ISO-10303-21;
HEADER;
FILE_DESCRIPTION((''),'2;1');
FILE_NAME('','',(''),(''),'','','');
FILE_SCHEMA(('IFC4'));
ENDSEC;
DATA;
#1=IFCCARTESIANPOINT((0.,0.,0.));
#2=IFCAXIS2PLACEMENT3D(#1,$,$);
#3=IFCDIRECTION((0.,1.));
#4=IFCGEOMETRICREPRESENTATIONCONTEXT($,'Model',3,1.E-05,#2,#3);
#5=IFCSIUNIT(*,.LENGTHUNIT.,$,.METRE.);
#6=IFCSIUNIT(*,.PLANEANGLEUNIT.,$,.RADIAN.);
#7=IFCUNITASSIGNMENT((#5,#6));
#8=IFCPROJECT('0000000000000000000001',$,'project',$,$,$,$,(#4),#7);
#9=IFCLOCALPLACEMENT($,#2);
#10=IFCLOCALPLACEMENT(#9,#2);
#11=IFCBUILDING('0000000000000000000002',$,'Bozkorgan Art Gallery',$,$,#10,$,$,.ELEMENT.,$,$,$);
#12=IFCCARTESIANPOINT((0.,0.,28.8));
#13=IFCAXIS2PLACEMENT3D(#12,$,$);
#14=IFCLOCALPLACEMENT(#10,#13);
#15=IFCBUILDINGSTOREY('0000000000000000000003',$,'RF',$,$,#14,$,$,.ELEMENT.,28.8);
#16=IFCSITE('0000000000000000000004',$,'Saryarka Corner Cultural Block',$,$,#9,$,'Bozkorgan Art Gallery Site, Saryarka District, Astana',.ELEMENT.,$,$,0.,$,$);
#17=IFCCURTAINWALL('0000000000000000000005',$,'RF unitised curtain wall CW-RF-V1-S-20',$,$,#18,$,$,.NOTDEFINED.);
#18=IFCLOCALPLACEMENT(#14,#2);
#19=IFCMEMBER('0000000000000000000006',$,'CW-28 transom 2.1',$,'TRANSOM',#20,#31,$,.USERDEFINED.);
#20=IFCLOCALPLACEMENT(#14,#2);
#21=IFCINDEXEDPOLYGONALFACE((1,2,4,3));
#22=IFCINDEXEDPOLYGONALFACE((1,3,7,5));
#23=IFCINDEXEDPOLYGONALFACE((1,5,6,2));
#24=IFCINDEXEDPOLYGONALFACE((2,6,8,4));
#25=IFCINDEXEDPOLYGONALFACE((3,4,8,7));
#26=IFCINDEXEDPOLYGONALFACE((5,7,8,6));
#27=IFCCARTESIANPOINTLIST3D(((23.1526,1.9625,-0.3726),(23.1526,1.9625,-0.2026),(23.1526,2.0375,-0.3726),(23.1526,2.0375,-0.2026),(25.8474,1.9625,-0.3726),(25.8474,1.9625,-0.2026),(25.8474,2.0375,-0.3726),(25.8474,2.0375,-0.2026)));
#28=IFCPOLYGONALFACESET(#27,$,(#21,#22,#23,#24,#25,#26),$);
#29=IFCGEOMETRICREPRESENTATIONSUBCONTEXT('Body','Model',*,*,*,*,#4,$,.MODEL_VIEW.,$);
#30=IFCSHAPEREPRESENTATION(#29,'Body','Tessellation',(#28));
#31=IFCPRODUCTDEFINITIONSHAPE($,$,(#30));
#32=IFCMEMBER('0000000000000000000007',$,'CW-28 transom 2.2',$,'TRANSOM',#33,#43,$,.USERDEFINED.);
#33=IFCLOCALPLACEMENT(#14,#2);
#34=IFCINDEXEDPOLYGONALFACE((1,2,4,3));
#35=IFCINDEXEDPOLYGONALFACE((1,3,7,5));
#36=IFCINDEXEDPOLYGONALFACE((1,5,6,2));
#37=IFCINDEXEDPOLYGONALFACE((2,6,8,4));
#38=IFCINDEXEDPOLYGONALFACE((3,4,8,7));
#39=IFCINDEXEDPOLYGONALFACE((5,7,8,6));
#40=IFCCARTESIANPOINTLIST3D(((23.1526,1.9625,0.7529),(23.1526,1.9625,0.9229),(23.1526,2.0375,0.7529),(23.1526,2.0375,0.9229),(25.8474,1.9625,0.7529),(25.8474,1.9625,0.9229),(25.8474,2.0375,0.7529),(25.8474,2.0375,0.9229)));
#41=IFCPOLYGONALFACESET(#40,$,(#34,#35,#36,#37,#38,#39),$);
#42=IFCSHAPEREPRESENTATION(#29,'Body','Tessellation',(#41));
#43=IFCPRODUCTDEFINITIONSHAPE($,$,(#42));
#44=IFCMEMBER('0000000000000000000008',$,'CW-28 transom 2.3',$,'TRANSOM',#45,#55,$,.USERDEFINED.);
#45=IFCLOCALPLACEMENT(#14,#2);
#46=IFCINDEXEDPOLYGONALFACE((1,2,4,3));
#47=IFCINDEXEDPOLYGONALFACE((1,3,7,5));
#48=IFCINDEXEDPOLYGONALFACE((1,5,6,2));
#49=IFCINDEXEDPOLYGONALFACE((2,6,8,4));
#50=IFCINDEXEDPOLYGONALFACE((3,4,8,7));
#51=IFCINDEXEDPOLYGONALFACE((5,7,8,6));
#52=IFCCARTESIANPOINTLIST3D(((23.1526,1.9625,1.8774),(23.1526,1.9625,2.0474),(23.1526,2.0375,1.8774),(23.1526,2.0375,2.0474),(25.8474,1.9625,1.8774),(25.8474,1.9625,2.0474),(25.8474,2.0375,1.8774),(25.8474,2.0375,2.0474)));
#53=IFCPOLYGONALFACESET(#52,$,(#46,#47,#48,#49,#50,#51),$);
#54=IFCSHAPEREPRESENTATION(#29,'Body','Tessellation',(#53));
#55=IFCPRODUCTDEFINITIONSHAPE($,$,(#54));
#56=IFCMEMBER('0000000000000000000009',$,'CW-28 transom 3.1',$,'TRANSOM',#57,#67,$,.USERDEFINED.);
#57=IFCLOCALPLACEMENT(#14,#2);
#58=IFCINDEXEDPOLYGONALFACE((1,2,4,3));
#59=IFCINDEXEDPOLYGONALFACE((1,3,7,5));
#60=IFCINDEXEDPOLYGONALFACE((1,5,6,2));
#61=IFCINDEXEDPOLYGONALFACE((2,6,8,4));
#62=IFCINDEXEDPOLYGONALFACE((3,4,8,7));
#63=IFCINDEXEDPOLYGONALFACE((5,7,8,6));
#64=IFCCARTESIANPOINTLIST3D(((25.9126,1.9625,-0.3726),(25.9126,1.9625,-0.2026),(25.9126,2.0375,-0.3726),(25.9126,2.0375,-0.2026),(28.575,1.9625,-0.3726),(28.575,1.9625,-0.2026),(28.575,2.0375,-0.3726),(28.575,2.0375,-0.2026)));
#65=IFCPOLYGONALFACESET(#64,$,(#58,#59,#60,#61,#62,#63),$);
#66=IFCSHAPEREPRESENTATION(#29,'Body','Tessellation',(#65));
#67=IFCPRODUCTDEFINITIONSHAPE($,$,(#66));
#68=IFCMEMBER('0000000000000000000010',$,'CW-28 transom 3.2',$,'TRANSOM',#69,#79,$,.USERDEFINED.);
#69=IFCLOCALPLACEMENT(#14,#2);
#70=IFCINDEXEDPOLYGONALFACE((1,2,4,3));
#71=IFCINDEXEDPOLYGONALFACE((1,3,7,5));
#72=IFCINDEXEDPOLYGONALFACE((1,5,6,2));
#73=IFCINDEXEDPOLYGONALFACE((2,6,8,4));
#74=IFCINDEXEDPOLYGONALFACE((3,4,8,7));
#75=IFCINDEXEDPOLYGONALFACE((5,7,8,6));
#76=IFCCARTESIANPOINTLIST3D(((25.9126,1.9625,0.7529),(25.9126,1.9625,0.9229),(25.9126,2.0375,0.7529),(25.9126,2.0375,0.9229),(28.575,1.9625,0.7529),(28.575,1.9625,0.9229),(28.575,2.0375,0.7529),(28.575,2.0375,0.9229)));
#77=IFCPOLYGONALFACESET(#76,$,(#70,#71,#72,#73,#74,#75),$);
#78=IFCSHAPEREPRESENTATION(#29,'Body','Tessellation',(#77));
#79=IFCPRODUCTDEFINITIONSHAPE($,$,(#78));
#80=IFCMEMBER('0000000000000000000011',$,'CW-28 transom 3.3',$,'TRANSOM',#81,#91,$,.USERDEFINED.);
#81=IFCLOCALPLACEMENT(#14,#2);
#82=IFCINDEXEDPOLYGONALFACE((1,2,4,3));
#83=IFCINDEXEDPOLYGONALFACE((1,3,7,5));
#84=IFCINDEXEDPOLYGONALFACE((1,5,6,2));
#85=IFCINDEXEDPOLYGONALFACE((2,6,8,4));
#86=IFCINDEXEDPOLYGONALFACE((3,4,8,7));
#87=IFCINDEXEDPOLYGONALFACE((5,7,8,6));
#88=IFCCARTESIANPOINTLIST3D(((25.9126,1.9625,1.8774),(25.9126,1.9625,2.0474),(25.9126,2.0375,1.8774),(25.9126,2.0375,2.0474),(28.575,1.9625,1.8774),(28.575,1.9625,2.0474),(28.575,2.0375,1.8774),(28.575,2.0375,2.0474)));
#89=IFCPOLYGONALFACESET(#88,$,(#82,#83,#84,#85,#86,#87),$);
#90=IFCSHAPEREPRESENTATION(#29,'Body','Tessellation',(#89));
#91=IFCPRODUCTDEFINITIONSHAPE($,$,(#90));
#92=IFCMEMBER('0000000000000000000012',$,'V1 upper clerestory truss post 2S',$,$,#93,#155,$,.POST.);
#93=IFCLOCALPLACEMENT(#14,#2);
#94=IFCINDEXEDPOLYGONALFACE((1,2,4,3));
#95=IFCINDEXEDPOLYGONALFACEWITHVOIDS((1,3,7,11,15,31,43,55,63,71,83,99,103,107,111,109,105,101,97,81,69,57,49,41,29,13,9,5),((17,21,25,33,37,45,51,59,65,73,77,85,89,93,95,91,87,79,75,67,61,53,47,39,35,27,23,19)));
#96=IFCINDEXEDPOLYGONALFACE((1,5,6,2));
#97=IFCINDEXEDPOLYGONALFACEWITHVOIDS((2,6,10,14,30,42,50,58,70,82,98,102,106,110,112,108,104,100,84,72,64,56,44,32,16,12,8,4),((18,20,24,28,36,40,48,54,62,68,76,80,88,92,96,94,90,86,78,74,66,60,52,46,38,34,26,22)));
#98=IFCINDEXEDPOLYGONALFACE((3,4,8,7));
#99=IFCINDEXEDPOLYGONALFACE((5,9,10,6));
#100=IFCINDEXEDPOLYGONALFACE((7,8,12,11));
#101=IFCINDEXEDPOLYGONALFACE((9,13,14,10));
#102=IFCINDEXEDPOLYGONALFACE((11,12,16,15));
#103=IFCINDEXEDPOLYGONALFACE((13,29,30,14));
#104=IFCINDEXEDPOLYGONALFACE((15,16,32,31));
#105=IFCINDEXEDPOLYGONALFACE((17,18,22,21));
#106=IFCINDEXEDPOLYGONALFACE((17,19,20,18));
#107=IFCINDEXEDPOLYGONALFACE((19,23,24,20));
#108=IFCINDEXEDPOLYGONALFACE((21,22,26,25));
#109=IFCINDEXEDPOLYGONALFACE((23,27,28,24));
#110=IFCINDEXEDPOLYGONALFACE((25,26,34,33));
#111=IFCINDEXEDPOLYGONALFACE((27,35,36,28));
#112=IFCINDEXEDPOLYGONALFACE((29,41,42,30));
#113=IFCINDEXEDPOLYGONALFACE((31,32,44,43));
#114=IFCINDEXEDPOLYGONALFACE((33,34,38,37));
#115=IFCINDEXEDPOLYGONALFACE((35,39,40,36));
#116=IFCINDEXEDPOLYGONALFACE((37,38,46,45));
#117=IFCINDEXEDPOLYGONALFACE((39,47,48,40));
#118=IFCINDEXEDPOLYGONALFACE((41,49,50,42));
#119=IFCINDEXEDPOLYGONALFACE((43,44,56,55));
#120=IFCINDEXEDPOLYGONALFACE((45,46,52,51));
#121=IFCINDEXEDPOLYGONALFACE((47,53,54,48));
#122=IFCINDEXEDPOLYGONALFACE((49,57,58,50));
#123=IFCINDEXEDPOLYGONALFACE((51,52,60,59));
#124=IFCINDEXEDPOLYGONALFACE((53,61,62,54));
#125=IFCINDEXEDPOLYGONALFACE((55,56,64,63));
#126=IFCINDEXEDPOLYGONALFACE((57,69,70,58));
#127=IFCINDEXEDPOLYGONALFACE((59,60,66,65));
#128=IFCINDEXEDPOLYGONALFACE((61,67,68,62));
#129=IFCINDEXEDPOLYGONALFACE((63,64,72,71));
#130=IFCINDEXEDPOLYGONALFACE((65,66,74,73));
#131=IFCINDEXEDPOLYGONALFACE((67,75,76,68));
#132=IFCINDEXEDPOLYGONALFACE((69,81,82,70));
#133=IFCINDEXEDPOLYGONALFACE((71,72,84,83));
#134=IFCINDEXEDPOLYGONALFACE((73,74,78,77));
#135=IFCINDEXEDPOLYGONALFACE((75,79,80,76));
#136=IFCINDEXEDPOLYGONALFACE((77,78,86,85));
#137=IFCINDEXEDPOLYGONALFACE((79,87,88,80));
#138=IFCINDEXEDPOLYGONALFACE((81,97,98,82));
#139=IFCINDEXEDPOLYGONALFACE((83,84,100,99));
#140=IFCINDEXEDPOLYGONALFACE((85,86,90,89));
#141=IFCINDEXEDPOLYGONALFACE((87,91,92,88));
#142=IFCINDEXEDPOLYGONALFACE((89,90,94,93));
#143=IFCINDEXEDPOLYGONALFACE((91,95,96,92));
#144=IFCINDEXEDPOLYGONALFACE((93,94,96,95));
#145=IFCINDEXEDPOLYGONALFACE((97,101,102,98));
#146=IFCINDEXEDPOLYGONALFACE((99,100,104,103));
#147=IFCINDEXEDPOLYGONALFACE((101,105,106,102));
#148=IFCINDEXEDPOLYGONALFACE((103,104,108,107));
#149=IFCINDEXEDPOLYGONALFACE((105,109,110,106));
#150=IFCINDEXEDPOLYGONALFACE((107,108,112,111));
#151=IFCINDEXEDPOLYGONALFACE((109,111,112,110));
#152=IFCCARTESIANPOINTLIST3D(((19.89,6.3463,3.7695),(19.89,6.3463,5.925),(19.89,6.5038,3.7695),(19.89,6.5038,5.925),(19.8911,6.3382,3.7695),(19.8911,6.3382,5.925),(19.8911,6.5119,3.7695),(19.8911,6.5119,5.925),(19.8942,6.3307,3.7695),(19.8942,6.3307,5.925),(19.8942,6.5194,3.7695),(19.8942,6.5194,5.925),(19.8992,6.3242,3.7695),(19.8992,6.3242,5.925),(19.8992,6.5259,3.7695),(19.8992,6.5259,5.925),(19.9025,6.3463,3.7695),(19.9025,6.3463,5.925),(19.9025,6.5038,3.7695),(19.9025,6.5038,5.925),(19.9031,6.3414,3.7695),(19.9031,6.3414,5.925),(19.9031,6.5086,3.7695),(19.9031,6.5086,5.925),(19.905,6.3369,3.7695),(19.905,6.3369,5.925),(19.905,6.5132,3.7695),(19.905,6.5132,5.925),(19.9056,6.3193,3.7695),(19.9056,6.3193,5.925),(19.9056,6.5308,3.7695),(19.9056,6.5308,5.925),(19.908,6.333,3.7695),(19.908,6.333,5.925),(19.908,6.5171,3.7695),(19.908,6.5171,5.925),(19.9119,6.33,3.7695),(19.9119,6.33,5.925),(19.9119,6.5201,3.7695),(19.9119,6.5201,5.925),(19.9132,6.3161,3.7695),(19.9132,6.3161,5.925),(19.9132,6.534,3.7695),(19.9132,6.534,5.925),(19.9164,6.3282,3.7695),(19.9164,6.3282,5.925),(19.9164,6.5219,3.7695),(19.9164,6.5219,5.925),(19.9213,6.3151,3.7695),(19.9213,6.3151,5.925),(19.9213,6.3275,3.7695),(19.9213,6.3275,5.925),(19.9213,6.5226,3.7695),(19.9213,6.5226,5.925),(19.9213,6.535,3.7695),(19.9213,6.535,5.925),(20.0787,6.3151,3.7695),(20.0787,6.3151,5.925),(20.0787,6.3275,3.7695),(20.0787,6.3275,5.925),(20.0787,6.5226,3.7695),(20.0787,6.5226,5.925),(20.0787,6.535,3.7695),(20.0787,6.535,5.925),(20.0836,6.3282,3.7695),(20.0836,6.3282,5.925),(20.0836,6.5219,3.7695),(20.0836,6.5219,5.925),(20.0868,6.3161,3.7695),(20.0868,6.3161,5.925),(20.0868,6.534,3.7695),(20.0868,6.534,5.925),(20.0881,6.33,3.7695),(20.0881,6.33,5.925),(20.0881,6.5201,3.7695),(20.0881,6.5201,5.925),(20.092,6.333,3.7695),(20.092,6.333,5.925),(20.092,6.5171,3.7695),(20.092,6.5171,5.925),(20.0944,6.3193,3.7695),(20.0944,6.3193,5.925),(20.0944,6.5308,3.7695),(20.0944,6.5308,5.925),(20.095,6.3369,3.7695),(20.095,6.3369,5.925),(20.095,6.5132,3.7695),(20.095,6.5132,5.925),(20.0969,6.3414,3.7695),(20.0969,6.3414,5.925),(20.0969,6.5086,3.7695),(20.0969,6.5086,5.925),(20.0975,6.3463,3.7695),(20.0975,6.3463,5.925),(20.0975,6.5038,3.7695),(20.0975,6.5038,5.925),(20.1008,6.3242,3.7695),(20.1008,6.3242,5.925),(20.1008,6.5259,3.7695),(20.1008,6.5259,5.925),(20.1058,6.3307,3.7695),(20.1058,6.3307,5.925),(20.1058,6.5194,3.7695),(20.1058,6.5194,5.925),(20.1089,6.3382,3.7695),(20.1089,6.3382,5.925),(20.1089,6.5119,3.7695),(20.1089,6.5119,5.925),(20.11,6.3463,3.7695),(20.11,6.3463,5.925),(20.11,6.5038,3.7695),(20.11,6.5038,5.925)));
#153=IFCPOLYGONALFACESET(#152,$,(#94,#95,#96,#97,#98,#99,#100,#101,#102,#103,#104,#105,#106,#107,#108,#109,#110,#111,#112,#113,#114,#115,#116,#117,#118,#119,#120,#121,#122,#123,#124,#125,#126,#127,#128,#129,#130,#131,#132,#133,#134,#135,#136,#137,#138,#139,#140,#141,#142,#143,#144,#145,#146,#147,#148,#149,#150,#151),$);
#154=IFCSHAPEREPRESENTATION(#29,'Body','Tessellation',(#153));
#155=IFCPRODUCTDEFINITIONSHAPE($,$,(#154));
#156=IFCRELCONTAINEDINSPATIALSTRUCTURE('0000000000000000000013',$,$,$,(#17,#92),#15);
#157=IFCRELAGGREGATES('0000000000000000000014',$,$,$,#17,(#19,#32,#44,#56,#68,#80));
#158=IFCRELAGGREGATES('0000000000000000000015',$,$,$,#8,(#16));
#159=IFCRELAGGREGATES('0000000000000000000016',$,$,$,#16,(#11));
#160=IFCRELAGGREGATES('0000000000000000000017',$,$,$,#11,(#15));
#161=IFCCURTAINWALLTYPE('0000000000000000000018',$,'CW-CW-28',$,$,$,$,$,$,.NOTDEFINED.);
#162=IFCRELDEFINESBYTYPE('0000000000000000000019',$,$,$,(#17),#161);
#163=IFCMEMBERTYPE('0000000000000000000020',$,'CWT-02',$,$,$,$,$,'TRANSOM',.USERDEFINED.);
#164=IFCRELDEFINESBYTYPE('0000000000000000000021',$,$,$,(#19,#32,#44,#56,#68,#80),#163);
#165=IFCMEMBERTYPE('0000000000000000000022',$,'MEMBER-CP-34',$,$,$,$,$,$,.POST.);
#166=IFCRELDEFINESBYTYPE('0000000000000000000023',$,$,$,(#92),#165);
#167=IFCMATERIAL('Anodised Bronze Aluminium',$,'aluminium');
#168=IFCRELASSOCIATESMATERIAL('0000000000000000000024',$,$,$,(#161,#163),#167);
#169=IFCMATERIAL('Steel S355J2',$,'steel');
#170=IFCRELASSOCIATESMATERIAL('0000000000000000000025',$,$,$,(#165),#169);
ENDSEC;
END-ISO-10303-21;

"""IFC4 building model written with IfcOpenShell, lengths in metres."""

from ifc_helpers import new_model, si_unit, direction, frame, origin, origin_2d, place, context, subcontext, project, spatial, rectangle, hollow_rectangle, extrude, material, material_profile, profile_set, type_object, element, aggregate, save


model = new_model("IFC4")

# Units and contexts
model_context = context("Model", 3, precision=1e-05, world=origin(), true_north=direction((0.0, 1.0)))
body_context = subcontext(model_context, "Body", "Model", "MODEL_VIEW")
ifc_project = project(units=[si_unit("LENGTHUNIT", "METRE"), si_unit("PLANEANGLEUNIT", "RADIAN")], contexts=[model_context])

# Site, building, storey
site_placement = place(None, origin())
site = spatial("IfcSite", under=ifc_project, at=site_placement, Name="Saryarka Corner Cultural Block", LongName="Bozkorgan Art Gallery Site, Saryarka District, Astana", CompositionType="ELEMENT", RefElevation=0.0)
building_placement = place(site_placement, origin())
building = spatial("IfcBuilding", under=site, at=building_placement, Name="Bozkorgan Art Gallery", CompositionType="ELEMENT")
storey_placement = place(building_placement, frame((0.0, 0.0, 28.8)))
storey = spatial("IfcBuildingStorey", under=building, at=storey_placement, Name="RF", CompositionType="ELEMENT", Elevation=28.8)

# Shared definitions
ifc_material_1 = material(Name="Steel S355J2", Category="steel")

# Curtain wall, members
ifc_material_2 = material(Name="Anodised Bronze Aluminium", Category="aluminium")
curtain_wall_type = type_object("IfcCurtainWallType", Name="CW-CW-28", PredefinedType="NOTDEFINED", material=ifc_material_2)
curtain_wall_placement = place(storey_placement, origin())
curtain_wall = element("IfcCurtainWall", 1, at=curtain_wall_placement, inside=storey, type_object=curtain_wall_type, Name="RF unitised curtain wall CW-RF-V1-S-20", PredefinedType="NOTDEFINED")
ifc_material_profile_1 = material_profile(ifc_material_2, rectangle(XDim=0.075, YDim=0.1699, at=origin_2d()), Name="ALU TRANSOM 75x170")
ifc_profile_set_1 = profile_set([ifc_material_profile_1], Name="Anodised Bronze Aluminium")
member_type_1 = type_object("IfcMemberType", Name="CWT-02", ElementType="TRANSOM", PredefinedType="USERDEFINED", material=ifc_profile_set_1)
member_1_placement = place(storey_placement, frame((23.1526, 2.0, -0.2876), z_axis=(1.0, 0.0, 0.0), x_axis=(0.0, 1.0, 0.0)))
member_1 = element("IfcMember", 2, at=member_1_placement, type_object=member_type_1, Name="CW-28 transom 2.1", ObjectType="TRANSOM", PredefinedType="USERDEFINED", context=body_context, shape_type="SweptSolid", body=[
    extrude(rectangle(XDim=0.075, YDim=0.1699, at=origin_2d()), origin(), (0.0, 0.0, 1.0), 2.6948),
])
member_2_placement = place(storey_placement, frame((23.1526, 2.0, 0.8379), z_axis=(1.0, 0.0, 0.0), x_axis=(0.0, 1.0, 0.0)))
member_2 = element("IfcMember", 3, at=member_2_placement, type_object=member_type_1, Name="CW-28 transom 2.2", ObjectType="TRANSOM", PredefinedType="USERDEFINED", context=body_context, shape_type="SweptSolid", body=[
    extrude(rectangle(XDim=0.075, YDim=0.1699, at=origin_2d()), origin(), (0.0, 0.0, 1.0), 2.6948),
])
member_3_placement = place(storey_placement, frame((23.1526, 2.0, 1.9624), z_axis=(1.0, 0.0, 0.0), x_axis=(0.0, 1.0, 0.0)))
member_3 = element("IfcMember", 4, at=member_3_placement, type_object=member_type_1, Name="CW-28 transom 2.3", ObjectType="TRANSOM", PredefinedType="USERDEFINED", context=body_context, shape_type="SweptSolid", body=[
    extrude(rectangle(XDim=0.075, YDim=0.1699, at=origin_2d()), origin(), (0.0, 0.0, 1.0), 2.6948),
])
member_4_placement = place(storey_placement, frame((25.9126, 2.0, -0.2876), z_axis=(1.0, 0.0, 0.0), x_axis=(0.0, 1.0, 0.0)))
member_4 = element("IfcMember", 5, at=member_4_placement, type_object=member_type_1, Name="CW-28 transom 3.1", ObjectType="TRANSOM", PredefinedType="USERDEFINED", context=body_context, shape_type="SweptSolid", body=[
    extrude(rectangle(XDim=0.075, YDim=0.1699, at=origin_2d()), origin(), (0.0, 0.0, 1.0), 2.6624),
])
member_5_placement = place(storey_placement, frame((25.9126, 2.0, 0.8379), z_axis=(1.0, 0.0, 0.0), x_axis=(0.0, 1.0, 0.0)))
member_5 = element("IfcMember", 6, at=member_5_placement, type_object=member_type_1, Name="CW-28 transom 3.2", ObjectType="TRANSOM", PredefinedType="USERDEFINED", context=body_context, shape_type="SweptSolid", body=[
    extrude(rectangle(XDim=0.075, YDim=0.1699, at=origin_2d()), origin(), (0.0, 0.0, 1.0), 2.6624),
])
member_6_placement = place(storey_placement, frame((25.9126, 2.0, 1.9624), z_axis=(1.0, 0.0, 0.0), x_axis=(0.0, 1.0, 0.0)))
member_6 = element("IfcMember", 7, at=member_6_placement, type_object=member_type_1, Name="CW-28 transom 3.3", ObjectType="TRANSOM", PredefinedType="USERDEFINED", context=body_context, shape_type="SweptSolid", body=[
    extrude(rectangle(XDim=0.075, YDim=0.1699, at=origin_2d()), origin(), (0.0, 0.0, 1.0), 2.6624),
])

# Member
ifc_material_profile_2 = material_profile(ifc_material_1, hollow_rectangle(XDim=0.22, YDim=0.22, WallThickness=0.0125, InnerFilletRadius=0.0188, OuterFilletRadius=0.0312, at=origin_2d()), Name="SHS 220x220x12.5")
ifc_profile_set_2 = profile_set([ifc_material_profile_2], Name="Steel S355J2")
member_type_2 = type_object("IfcMemberType", Name="MEMBER-CP-34", PredefinedType="POST", material=ifc_profile_set_2)
member_7_placement = place(storey_placement, frame((20.0, 6.425, 3.7695), z_axis=(0.0, 0.0, 1.0), x_axis=(1.0, 0.0, 0.0)))
element("IfcMember", 8, at=member_7_placement, inside=storey, type_object=member_type_2, Name="V1 upper clerestory truss post 2S", PredefinedType="POST", context=body_context, shape_type="SweptSolid", body=[
    extrude(hollow_rectangle(XDim=0.22, YDim=0.22, WallThickness=0.0125, InnerFilletRadius=0.0188, OuterFilletRadius=0.0312, at=origin_2d()), origin(), (0.0, 0.0, 1.0), 2.1555),
])

aggregate(curtain_wall, [member_1, member_2, member_3, member_4, member_5, member_6])

save(model, "model.ifc")
